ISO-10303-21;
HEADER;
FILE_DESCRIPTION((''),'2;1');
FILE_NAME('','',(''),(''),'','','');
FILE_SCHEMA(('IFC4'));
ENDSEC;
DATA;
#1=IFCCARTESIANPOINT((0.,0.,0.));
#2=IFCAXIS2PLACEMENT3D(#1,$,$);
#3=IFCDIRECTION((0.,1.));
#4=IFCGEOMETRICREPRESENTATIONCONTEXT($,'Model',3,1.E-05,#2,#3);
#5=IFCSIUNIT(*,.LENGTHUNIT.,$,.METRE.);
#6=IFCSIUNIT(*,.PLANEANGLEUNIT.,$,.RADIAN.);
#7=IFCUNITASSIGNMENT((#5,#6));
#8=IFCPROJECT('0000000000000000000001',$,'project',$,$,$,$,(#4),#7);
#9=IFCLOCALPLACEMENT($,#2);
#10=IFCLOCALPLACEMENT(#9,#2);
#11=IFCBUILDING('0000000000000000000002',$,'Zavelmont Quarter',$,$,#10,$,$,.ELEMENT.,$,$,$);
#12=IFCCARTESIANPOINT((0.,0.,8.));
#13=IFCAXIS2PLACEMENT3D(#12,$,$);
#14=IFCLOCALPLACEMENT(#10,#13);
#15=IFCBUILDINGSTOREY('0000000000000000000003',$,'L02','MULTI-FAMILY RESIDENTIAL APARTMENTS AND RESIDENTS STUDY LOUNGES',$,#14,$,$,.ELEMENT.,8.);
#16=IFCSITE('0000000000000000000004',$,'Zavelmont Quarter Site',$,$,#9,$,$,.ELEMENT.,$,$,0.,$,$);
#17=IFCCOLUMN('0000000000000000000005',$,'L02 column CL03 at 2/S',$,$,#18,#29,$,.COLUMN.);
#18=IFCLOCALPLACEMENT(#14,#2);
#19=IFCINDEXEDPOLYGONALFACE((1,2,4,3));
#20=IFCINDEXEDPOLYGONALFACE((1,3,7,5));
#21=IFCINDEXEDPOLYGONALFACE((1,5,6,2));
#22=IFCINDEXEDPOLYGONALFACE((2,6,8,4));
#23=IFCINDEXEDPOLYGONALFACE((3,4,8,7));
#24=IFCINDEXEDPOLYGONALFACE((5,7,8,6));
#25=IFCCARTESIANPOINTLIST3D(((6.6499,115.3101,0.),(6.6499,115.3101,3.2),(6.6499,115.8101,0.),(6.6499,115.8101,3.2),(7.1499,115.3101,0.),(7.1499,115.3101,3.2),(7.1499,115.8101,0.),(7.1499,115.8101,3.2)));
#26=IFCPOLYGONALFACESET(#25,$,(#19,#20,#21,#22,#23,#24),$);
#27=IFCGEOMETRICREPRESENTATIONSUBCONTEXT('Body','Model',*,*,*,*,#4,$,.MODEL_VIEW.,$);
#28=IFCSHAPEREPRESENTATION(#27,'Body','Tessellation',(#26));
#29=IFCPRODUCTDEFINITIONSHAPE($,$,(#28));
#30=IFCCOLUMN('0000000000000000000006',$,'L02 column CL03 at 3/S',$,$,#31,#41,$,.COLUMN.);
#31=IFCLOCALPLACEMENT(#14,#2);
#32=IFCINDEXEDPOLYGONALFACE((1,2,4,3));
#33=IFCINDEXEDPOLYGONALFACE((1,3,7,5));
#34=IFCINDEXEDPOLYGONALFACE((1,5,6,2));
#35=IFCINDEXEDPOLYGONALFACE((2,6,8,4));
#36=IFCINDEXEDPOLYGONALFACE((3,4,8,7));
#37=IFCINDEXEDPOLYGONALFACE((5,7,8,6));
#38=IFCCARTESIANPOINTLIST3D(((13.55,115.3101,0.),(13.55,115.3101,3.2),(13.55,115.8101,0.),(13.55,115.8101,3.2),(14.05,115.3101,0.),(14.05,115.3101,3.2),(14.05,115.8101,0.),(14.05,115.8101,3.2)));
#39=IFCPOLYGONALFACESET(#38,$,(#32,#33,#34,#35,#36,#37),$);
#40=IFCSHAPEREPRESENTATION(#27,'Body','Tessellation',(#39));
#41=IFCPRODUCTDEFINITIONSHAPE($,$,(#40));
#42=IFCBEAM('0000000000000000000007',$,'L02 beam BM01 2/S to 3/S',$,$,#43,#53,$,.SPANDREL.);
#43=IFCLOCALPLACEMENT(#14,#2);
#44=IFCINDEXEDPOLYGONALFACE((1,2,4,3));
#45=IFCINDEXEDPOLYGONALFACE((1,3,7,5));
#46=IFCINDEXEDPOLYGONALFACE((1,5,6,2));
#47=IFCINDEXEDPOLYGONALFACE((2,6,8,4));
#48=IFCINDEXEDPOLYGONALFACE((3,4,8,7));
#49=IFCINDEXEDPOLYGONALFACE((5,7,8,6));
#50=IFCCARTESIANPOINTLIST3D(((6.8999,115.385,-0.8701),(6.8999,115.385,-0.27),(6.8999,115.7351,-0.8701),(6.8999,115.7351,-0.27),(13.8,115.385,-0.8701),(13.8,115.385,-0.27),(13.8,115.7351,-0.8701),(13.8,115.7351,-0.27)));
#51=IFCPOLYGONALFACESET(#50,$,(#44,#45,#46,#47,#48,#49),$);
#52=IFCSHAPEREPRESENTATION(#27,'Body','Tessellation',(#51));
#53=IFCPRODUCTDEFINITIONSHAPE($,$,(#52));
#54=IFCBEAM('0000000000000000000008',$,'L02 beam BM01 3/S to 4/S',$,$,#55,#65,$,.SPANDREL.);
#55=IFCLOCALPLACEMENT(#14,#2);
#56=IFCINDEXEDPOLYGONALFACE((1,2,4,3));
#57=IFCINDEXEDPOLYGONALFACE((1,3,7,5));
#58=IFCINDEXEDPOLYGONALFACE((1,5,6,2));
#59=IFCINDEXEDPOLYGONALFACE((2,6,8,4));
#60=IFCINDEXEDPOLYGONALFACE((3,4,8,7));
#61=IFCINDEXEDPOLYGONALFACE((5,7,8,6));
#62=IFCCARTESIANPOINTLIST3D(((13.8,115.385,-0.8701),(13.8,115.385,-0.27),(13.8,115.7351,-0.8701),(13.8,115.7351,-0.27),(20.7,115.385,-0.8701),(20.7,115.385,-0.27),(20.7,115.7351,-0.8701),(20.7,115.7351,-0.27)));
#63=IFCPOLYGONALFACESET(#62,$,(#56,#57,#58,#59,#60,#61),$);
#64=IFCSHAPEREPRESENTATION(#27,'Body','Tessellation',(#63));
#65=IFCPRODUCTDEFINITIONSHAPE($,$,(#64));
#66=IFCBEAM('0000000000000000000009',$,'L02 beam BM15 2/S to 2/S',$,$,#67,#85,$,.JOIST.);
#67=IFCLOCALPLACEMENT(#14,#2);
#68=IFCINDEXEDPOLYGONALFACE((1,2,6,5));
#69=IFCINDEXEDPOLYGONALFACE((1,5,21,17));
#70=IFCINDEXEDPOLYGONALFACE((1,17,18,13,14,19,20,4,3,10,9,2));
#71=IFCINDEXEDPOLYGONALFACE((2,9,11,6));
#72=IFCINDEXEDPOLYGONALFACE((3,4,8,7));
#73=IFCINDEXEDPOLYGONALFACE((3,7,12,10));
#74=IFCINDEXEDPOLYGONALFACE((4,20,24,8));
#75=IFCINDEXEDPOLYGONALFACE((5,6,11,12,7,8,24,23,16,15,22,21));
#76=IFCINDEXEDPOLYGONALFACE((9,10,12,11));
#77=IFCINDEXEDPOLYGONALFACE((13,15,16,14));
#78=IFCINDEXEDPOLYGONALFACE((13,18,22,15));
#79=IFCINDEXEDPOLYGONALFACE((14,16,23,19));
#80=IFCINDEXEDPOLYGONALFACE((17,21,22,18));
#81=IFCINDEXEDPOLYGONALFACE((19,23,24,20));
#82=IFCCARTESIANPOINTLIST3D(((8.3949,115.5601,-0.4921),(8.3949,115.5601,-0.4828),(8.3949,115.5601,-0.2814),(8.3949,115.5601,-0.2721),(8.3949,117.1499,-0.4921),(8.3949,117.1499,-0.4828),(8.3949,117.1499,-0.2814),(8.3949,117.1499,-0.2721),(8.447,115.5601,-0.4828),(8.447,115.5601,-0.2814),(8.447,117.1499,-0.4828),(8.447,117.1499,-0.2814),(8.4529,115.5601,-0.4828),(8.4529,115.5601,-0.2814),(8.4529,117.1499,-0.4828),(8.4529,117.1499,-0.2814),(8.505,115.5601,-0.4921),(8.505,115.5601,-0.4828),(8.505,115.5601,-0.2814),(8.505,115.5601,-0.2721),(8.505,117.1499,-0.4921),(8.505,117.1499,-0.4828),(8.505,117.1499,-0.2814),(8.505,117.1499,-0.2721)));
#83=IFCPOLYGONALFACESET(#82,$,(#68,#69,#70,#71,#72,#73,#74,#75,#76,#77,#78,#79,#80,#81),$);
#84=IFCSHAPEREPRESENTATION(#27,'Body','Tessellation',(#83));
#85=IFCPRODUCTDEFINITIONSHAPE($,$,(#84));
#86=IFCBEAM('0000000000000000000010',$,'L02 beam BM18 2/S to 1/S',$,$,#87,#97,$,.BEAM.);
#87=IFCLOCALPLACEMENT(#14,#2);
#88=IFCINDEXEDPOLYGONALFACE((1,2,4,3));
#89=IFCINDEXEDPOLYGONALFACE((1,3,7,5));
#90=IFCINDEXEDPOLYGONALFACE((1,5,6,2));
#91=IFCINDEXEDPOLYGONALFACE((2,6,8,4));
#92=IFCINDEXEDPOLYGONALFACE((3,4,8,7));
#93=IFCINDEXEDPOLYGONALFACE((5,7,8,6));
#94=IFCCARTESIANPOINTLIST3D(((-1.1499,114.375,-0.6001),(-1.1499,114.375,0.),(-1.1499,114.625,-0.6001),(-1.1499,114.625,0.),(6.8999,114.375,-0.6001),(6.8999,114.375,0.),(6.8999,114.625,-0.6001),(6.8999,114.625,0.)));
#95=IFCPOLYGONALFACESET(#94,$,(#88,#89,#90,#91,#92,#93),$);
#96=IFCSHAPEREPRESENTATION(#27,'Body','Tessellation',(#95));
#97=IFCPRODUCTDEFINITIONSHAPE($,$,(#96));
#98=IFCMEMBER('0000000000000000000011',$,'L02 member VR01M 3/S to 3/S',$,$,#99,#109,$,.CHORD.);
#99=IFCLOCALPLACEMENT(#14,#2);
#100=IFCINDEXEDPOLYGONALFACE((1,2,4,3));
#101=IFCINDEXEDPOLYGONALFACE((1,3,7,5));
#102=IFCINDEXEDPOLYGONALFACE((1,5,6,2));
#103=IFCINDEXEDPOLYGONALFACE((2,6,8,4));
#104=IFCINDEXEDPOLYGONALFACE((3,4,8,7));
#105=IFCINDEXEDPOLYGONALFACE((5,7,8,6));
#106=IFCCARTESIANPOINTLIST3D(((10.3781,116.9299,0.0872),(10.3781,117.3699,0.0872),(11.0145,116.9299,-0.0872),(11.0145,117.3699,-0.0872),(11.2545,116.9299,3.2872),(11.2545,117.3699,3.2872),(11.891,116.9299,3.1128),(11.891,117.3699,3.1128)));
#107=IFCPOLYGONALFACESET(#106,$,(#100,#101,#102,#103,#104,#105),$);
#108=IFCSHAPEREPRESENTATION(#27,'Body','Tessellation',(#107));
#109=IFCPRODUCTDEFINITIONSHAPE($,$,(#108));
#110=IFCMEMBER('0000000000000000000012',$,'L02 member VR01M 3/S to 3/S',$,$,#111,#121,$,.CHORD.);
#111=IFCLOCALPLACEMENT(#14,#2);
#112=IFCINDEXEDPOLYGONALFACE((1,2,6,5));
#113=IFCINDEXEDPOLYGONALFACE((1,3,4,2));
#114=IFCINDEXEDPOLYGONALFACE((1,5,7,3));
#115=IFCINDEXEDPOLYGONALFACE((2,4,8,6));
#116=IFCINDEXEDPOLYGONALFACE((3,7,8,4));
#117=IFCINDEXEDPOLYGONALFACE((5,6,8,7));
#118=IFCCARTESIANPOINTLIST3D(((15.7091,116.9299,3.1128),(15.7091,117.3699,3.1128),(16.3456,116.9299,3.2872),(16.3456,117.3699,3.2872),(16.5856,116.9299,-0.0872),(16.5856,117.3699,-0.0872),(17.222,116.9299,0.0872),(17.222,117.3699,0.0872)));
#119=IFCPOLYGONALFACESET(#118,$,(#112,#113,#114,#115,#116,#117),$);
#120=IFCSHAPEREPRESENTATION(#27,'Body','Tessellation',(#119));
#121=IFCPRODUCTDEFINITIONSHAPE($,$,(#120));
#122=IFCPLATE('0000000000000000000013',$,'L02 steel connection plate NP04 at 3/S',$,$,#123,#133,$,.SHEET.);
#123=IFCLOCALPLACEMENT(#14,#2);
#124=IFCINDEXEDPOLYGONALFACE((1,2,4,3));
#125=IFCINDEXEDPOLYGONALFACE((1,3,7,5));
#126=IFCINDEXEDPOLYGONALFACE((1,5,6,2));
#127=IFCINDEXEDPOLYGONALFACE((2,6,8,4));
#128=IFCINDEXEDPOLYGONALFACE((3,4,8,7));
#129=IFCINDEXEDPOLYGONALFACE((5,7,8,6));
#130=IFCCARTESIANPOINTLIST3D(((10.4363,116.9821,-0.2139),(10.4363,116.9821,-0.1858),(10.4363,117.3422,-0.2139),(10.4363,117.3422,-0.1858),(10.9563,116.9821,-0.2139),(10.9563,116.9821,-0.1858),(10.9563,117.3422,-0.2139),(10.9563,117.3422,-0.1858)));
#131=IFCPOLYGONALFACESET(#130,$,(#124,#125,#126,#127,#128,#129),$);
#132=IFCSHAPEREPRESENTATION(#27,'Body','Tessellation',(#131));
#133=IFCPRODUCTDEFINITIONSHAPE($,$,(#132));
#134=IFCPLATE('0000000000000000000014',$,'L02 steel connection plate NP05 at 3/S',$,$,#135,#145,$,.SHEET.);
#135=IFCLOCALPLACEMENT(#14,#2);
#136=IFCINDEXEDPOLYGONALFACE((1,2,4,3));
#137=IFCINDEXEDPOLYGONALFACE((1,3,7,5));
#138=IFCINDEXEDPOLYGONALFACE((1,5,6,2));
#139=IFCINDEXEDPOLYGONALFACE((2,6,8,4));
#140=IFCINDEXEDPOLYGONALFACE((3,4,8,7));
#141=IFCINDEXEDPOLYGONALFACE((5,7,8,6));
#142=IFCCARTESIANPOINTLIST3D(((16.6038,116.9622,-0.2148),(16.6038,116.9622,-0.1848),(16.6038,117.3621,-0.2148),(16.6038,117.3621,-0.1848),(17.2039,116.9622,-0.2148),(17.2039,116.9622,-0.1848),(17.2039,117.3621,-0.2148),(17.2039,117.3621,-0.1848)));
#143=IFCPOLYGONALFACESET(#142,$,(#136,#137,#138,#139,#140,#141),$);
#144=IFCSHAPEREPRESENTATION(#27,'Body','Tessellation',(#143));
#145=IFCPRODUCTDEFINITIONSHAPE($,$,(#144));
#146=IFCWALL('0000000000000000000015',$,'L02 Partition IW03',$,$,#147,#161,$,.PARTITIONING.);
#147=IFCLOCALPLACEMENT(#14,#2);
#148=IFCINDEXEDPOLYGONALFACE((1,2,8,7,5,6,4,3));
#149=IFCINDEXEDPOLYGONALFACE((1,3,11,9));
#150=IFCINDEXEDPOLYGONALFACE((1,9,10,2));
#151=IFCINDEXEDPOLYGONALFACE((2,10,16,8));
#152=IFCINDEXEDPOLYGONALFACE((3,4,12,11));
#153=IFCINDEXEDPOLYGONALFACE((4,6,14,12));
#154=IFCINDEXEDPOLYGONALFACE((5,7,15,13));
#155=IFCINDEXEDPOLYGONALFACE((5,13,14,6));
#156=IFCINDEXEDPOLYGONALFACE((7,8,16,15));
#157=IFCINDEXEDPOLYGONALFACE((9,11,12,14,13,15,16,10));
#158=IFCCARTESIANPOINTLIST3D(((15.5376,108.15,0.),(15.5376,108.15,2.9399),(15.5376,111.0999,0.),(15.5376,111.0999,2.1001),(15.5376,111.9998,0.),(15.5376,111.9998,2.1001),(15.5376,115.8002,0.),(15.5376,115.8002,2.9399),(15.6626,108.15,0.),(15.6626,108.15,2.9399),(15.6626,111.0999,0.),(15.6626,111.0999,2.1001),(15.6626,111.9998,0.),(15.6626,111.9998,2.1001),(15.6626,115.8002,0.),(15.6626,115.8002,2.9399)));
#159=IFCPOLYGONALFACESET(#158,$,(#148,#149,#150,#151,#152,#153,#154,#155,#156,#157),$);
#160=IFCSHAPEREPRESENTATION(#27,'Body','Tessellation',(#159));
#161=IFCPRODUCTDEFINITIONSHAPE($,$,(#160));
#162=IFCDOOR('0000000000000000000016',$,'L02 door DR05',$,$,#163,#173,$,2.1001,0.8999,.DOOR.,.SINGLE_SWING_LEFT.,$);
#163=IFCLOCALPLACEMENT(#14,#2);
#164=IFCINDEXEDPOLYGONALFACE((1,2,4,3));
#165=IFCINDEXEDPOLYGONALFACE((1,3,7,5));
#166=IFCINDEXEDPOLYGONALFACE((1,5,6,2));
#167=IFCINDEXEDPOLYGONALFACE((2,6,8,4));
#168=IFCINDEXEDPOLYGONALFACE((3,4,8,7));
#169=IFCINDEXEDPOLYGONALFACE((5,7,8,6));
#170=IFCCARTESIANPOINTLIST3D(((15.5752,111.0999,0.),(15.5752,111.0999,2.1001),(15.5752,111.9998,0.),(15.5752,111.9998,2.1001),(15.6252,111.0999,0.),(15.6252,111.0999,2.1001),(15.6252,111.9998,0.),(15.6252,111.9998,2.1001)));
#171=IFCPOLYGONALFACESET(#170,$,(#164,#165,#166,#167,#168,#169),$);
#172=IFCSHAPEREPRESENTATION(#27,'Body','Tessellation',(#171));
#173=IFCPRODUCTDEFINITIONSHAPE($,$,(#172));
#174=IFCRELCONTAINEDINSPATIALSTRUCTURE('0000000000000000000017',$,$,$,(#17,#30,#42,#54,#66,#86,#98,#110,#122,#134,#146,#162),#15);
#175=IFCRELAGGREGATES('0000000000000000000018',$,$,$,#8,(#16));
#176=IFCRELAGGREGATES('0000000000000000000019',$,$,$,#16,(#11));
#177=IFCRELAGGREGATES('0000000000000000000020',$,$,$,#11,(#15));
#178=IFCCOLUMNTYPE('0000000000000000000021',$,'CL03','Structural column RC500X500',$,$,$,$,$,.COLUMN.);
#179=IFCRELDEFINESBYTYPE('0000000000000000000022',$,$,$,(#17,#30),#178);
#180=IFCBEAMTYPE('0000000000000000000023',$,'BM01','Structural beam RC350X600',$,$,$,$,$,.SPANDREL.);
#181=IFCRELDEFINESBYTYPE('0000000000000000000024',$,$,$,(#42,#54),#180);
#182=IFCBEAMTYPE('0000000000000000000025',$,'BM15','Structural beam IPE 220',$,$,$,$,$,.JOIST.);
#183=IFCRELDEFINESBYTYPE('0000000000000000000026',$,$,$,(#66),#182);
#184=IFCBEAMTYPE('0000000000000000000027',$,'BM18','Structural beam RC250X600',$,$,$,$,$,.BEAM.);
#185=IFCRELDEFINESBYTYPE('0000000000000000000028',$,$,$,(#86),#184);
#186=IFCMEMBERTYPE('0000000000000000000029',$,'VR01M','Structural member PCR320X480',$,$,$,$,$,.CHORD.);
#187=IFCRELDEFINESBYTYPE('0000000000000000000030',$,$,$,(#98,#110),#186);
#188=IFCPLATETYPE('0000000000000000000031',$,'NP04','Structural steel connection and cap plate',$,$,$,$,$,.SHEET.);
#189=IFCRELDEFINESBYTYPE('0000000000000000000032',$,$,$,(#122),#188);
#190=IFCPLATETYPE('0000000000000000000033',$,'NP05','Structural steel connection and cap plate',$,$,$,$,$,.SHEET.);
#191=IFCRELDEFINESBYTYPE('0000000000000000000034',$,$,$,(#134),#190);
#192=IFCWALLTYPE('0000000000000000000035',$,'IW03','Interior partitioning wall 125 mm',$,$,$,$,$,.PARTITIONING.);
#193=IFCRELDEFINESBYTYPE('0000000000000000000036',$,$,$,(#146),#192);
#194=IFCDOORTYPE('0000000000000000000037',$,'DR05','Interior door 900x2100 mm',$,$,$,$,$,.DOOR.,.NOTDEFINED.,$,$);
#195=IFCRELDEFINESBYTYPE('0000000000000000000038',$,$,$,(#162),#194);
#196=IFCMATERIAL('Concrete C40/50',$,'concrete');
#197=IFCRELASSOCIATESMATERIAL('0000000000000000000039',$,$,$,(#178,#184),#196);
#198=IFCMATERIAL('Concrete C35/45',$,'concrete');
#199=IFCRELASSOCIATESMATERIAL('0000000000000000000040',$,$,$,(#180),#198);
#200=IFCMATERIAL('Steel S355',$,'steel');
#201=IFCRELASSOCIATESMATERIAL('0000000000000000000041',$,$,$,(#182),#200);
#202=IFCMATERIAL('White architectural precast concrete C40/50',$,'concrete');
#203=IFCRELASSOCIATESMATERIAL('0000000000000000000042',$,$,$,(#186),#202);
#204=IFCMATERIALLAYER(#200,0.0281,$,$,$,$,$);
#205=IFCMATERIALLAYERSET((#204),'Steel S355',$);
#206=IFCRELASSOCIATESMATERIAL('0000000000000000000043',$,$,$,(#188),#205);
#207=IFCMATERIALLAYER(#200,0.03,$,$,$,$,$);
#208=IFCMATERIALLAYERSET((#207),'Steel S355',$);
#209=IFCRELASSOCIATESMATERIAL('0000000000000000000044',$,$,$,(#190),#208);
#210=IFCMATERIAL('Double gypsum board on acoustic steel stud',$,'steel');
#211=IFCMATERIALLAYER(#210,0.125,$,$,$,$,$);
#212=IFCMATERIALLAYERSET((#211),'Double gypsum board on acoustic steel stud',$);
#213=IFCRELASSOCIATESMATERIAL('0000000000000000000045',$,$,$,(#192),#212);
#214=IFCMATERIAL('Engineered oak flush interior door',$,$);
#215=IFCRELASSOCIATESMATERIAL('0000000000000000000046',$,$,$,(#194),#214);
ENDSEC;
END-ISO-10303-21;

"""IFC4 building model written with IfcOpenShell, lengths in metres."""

from ifc_helpers import new_model, si_unit, direction, frame, frame_2d, origin, origin_with_axes, origin_2d, place, context, subcontext, project, spatial, rectangle, i_section, extrude, material, layer, layer_set, material_profile, profile_set, type_object, element, fill, save


model = new_model("IFC4")

# Units and contexts
model_context = context("Model", 3, precision=1e-05, world=origin(), true_north=direction((0.0, 1.0)))
body_context = subcontext(model_context, "Body", "Model", "MODEL_VIEW")
ifc_project = project(units=[si_unit("LENGTHUNIT", "METRE"), si_unit("PLANEANGLEUNIT", "RADIAN")], contexts=[model_context])

# Site, building, storey
site_placement = place(None, origin())
site = spatial("IfcSite", under=ifc_project, at=site_placement, Name="Zavelmont Quarter Site", CompositionType="ELEMENT", RefElevation=0.0)
building_placement = place(site_placement, origin())
building = spatial("IfcBuilding", under=site, at=building_placement, Name="Zavelmont Quarter", CompositionType="ELEMENT")
storey_placement = place(building_placement, frame((0.0, 0.0, 8.0)))
storey = spatial("IfcBuildingStorey", under=building, at=storey_placement, Name="L02", Description="MULTI-FAMILY RESIDENTIAL APARTMENTS AND RESIDENTS STUDY LOUNGES", CompositionType="ELEMENT", Elevation=8.0)

# Columns
ifc_material_1 = material(Name="Concrete C40/50", Category="concrete")
ifc_material_profile_1 = material_profile(ifc_material_1, rectangle(XDim=0.5, YDim=0.5, at=origin_2d()), Name="RC500X500")
ifc_profile_set_1 = profile_set([ifc_material_profile_1], Name="Concrete C40/50")
column_type = type_object("IfcColumnType", Name="CL03", Description="Structural column RC500X500", PredefinedType="COLUMN", material=ifc_profile_set_1)
for number, where, z_axis, x_axis, name in (
    (1, (6.8999, 115.5601, 0.0), (0.0, 0.0, 1.0), (1.0, 0.0, 0.0), "L02 column CL03 at 2/S"),
    (2, (13.8, 115.5601, 0.0), (0.0, 0.0, 1.0), (1.0, 0.0, 0.0), "L02 column CL03 at 3/S"),
):
    element("IfcColumn", number, at=place(storey_placement, frame(where, z_axis=z_axis, x_axis=x_axis)), inside=storey, type_object=column_type, Name=name, PredefinedType="COLUMN", context=body_context, shape_type="SweptSolid", body=[
        extrude(rectangle(XDim=0.5, YDim=0.5, at=origin_2d()), origin(), (0.0, 0.0, 1.0), 3.2),
    ])

# Beams
ifc_material_2 = material(Name="Concrete C35/45", Category="concrete")
ifc_material_profile_2 = material_profile(ifc_material_2, rectangle(XDim=0.3501, YDim=0.6001, at=origin_2d()), Name="RC350X600")
ifc_profile_set_2 = profile_set([ifc_material_profile_2], Name="Concrete C35/45")
beam_type_1 = type_object("IfcBeamType", Name="BM01", Description="Structural beam RC350X600", PredefinedType="SPANDREL", material=ifc_profile_set_2)
beam_1_placement = place(storey_placement, frame((6.8999, 115.5601, -0.5701), z_axis=(1.0, 0.0, 0.0), x_axis=(0.0, 1.0, 0.0)))
element("IfcBeam", 3, at=beam_1_placement, inside=storey, type_object=beam_type_1, Name="L02 beam BM01 2/S to 3/S", PredefinedType="SPANDREL", context=body_context, shape_type="SweptSolid", body=[
    extrude(rectangle(XDim=0.3501, YDim=0.6001, at=origin_2d()), origin(), (0.0, 0.0, 1.0), 6.9001),
])
beam_2_placement = place(storey_placement, frame((13.8, 115.5601, -0.5701), z_axis=(1.0, 0.0, 0.0), x_axis=(0.0, 1.0, 0.0)))
element("IfcBeam", 4, at=beam_2_placement, inside=storey, type_object=beam_type_1, Name="L02 beam BM01 3/S to 4/S", PredefinedType="SPANDREL", context=body_context, shape_type="SweptSolid", body=[
    extrude(rectangle(XDim=0.3501, YDim=0.6001, at=origin_2d()), origin(), (0.0, 0.0, 1.0), 6.8999),
])
ifc_material_3 = material(Name="Steel S355", Category="steel")
ifc_material_profile_3 = material_profile(ifc_material_3, i_section(OverallWidth=0.1101, OverallDepth=0.22, WebThickness=0.0059, FlangeThickness=0.0093, at=origin_2d()), Name="IPE 220")
ifc_profile_set_3 = profile_set([ifc_material_profile_3], Name="Steel S355")
beam_type_2 = type_object("IfcBeamType", Name="BM15", Description="Structural beam IPE 220", PredefinedType="JOIST", material=ifc_profile_set_3)
beam_3_placement = place(storey_placement, frame((8.45, 115.5601, -0.3821), z_axis=(0.0, 1.0, 0.0), x_axis=(-1.0, 0.0, 0.0)))
element("IfcBeam", 5, at=beam_3_placement, inside=storey, type_object=beam_type_2, Name="L02 beam BM15 2/S to 2/S", PredefinedType="JOIST", context=body_context, shape_type="SweptSolid", body=[
    extrude(i_section(OverallWidth=0.1101, OverallDepth=0.22, WebThickness=0.0059, FlangeThickness=0.0093, at=origin_2d()), origin(), (0.0, 0.0, 1.0), 1.5898),
])
ifc_material_profile_4 = material_profile(ifc_material_1, rectangle(XDim=0.25, YDim=0.6001, at=origin_2d()), Name="RC250X600")
ifc_profile_set_4 = profile_set([ifc_material_profile_4], Name="Concrete C40/50")
beam_type_3 = type_object("IfcBeamType", Name="BM18", Description="Structural beam RC250X600", PredefinedType="BEAM", material=ifc_profile_set_4)
beam_4_placement = place(storey_placement, frame((6.8999, 114.5, -0.3), z_axis=(-1.0, 0.0, 0.0), x_axis=(0.0, -1.0, 0.0)))
element("IfcBeam", 6, at=beam_4_placement, inside=storey, type_object=beam_type_3, Name="L02 beam BM18 2/S to 1/S", PredefinedType="BEAM", context=body_context, shape_type="SweptSolid", body=[
    extrude(rectangle(XDim=0.25, YDim=0.6001, at=origin_2d()), origin(), (0.0, 0.0, 1.0), 8.0498),
])

# Members
ifc_material_4 = material(Name="White architectural precast concrete C40/50", Category="concrete")
ifc_material_profile_5 = material_profile(ifc_material_4, rectangle(XDim=0.4399, YDim=0.6599, at=origin_2d()), Name="PCR320X480")
ifc_profile_set_5 = profile_set([ifc_material_profile_5], Name="White architectural precast concrete C40/50")
member_type = type_object("IfcMemberType", Name="VR01M", Description="Structural member PCR320X480", PredefinedType="CHORD", material=ifc_profile_set_5)
for number, where, z_axis, x_axis, name in (
    (7, (10.6963, 117.1499, 0.0), (0.26417, 0.0, 0.964476), (0.0, 1.0, 0.0), "L02 member VR01M 3/S to 3/S"),
    (8, (16.9038, 117.1499, 0.0), (-0.26417, 0.0, 0.964476), (0.0, -1.0, 0.0), "L02 member VR01M 3/S to 3/S"),
):
    element("IfcMember", number, at=place(storey_placement, frame(where, z_axis=z_axis, x_axis=x_axis)), inside=storey, type_object=member_type, Name=name, PredefinedType="CHORD", context=body_context, shape_type="SweptSolid", body=[
        extrude(rectangle(XDim=0.4399, YDim=0.6599, at=origin_2d()), origin(), (0.0, 0.0, 1.0), 3.3179),
    ])

# Plates
ifc_layer_1 = layer(ifc_material_3, 0.0281)
ifc_layer_set_1 = layer_set([ifc_layer_1], Name="Steel S355")
plate_type_1 = type_object("IfcPlateType", Name="NP04", Description="Structural steel connection and cap plate", PredefinedType="SHEET", material=ifc_layer_set_1)
plate_1_placement = place(storey_placement, frame((10.6963, 117.1621, -0.2139), z_axis=(0.0, 0.0, 1.0), x_axis=(1.0, 0.0, 0.0)))
element("IfcPlate", 9, at=plate_1_placement, inside=storey, type_object=plate_type_1, Name="L02 steel connection plate NP04 at 3/S", PredefinedType="SHEET", context=body_context, shape_type="SweptSolid", body=[
    extrude(rectangle(XDim=0.52, YDim=0.3601, at=origin_2d()), origin(), (0.0, 0.0, 1.0), 0.0281),
])
ifc_layer_2 = layer(ifc_material_3, 0.03)
ifc_layer_set_2 = layer_set([ifc_layer_2], Name="Steel S355")
plate_type_2 = type_object("IfcPlateType", Name="NP05", Description="Structural steel connection and cap plate", PredefinedType="SHEET", material=ifc_layer_set_2)
plate_2_placement = place(storey_placement, frame((16.9038, 117.1621, -0.2148), z_axis=(0.0, 0.0, 1.0), x_axis=(1.0, 0.0, 0.0)))
element("IfcPlate", 10, at=plate_2_placement, inside=storey, type_object=plate_type_2, Name="L02 steel connection plate NP05 at 3/S", PredefinedType="SHEET", context=body_context, shape_type="SweptSolid", body=[
    extrude(rectangle(XDim=0.6001, YDim=0.3999, at=origin_2d()), origin(), (0.0, 0.0, 1.0), 0.03),
])

# Wall, opening, door
ifc_material_5 = material(Name="Double gypsum board on acoustic steel stud", Category="steel")
ifc_layer_3 = layer(ifc_material_5, 0.125)
ifc_layer_set_3 = layer_set([ifc_layer_3], Name="Double gypsum board on acoustic steel stud")
wall_type_1 = type_object("IfcWallType", Name="IW03", Description="Interior partitioning wall 125 mm", PredefinedType="PARTITIONING", material=ifc_layer_set_3)
wall_1_placement = place(storey_placement, frame((15.6001, 108.1499, 0.0), z_axis=(0.0, 0.0, 1.0), x_axis=(0.0, 1.0, 0.0)))
wall_1 = element("IfcWall", 11, at=wall_1_placement, inside=storey, type_object=wall_type_1, Name="L02 Partition IW03", PredefinedType="PARTITIONING", context=body_context, shape_type="SweptSolid", body=[
    extrude(rectangle(XDim=7.6501, YDim=0.125, at=frame_2d((3.8252, 0.0))), origin(), (0.0, 0.0, 1.0), 2.9399),
])
opening_1_placement = place(wall_1_placement, frame((2.95, 0.0, 0.0)))
opening_1 = element("IfcOpeningElement", 12, at=opening_1_placement, cuts=wall_1, PredefinedType="OPENING", context=body_context, shape_type="SweptSolid", body=[
    extrude(rectangle(XDim=0.8999, YDim=2.1001, at=frame_2d((0.45, 1.05))), frame((0.0, 0.0745, 0.0), z_axis=(0.0, -1.0, 0.0), x_axis=(1.0, 0.0, 0.0)), (0.0, 0.0, 1.0), 0.1489),
])
ifc_material_6 = material(Name="Engineered oak flush interior door")
door_type_1 = type_object("IfcDoorType", Name="DR05", Description="Interior door 900x2100 mm", OperationType="NOTDEFINED", PredefinedType="DOOR", material=ifc_material_6)
door_1_placement = place(opening_1_placement, origin_with_axes())
door_1 = element("IfcDoor", 13, at=door_1_placement, inside=storey, type_object=door_type_1, Name="L02 door DR05", OperationType="SINGLE_SWING_LEFT", OverallHeight=2.1001, OverallWidth=0.8999, PredefinedType="DOOR", context=body_context, shape_type="SweptSolid", body=[
    extrude(rectangle(XDim=0.8999, YDim=2.1001, at=frame_2d((0.45, 1.05))), frame((0.0, 0.0249, 0.0), z_axis=(0.0, -1.0, 0.0), x_axis=(1.0, 0.0, 0.0)), (0.0, 0.0, 1.0), 0.05),
])
fill(opening_1, door_1)

save(model, "model.ifc")
